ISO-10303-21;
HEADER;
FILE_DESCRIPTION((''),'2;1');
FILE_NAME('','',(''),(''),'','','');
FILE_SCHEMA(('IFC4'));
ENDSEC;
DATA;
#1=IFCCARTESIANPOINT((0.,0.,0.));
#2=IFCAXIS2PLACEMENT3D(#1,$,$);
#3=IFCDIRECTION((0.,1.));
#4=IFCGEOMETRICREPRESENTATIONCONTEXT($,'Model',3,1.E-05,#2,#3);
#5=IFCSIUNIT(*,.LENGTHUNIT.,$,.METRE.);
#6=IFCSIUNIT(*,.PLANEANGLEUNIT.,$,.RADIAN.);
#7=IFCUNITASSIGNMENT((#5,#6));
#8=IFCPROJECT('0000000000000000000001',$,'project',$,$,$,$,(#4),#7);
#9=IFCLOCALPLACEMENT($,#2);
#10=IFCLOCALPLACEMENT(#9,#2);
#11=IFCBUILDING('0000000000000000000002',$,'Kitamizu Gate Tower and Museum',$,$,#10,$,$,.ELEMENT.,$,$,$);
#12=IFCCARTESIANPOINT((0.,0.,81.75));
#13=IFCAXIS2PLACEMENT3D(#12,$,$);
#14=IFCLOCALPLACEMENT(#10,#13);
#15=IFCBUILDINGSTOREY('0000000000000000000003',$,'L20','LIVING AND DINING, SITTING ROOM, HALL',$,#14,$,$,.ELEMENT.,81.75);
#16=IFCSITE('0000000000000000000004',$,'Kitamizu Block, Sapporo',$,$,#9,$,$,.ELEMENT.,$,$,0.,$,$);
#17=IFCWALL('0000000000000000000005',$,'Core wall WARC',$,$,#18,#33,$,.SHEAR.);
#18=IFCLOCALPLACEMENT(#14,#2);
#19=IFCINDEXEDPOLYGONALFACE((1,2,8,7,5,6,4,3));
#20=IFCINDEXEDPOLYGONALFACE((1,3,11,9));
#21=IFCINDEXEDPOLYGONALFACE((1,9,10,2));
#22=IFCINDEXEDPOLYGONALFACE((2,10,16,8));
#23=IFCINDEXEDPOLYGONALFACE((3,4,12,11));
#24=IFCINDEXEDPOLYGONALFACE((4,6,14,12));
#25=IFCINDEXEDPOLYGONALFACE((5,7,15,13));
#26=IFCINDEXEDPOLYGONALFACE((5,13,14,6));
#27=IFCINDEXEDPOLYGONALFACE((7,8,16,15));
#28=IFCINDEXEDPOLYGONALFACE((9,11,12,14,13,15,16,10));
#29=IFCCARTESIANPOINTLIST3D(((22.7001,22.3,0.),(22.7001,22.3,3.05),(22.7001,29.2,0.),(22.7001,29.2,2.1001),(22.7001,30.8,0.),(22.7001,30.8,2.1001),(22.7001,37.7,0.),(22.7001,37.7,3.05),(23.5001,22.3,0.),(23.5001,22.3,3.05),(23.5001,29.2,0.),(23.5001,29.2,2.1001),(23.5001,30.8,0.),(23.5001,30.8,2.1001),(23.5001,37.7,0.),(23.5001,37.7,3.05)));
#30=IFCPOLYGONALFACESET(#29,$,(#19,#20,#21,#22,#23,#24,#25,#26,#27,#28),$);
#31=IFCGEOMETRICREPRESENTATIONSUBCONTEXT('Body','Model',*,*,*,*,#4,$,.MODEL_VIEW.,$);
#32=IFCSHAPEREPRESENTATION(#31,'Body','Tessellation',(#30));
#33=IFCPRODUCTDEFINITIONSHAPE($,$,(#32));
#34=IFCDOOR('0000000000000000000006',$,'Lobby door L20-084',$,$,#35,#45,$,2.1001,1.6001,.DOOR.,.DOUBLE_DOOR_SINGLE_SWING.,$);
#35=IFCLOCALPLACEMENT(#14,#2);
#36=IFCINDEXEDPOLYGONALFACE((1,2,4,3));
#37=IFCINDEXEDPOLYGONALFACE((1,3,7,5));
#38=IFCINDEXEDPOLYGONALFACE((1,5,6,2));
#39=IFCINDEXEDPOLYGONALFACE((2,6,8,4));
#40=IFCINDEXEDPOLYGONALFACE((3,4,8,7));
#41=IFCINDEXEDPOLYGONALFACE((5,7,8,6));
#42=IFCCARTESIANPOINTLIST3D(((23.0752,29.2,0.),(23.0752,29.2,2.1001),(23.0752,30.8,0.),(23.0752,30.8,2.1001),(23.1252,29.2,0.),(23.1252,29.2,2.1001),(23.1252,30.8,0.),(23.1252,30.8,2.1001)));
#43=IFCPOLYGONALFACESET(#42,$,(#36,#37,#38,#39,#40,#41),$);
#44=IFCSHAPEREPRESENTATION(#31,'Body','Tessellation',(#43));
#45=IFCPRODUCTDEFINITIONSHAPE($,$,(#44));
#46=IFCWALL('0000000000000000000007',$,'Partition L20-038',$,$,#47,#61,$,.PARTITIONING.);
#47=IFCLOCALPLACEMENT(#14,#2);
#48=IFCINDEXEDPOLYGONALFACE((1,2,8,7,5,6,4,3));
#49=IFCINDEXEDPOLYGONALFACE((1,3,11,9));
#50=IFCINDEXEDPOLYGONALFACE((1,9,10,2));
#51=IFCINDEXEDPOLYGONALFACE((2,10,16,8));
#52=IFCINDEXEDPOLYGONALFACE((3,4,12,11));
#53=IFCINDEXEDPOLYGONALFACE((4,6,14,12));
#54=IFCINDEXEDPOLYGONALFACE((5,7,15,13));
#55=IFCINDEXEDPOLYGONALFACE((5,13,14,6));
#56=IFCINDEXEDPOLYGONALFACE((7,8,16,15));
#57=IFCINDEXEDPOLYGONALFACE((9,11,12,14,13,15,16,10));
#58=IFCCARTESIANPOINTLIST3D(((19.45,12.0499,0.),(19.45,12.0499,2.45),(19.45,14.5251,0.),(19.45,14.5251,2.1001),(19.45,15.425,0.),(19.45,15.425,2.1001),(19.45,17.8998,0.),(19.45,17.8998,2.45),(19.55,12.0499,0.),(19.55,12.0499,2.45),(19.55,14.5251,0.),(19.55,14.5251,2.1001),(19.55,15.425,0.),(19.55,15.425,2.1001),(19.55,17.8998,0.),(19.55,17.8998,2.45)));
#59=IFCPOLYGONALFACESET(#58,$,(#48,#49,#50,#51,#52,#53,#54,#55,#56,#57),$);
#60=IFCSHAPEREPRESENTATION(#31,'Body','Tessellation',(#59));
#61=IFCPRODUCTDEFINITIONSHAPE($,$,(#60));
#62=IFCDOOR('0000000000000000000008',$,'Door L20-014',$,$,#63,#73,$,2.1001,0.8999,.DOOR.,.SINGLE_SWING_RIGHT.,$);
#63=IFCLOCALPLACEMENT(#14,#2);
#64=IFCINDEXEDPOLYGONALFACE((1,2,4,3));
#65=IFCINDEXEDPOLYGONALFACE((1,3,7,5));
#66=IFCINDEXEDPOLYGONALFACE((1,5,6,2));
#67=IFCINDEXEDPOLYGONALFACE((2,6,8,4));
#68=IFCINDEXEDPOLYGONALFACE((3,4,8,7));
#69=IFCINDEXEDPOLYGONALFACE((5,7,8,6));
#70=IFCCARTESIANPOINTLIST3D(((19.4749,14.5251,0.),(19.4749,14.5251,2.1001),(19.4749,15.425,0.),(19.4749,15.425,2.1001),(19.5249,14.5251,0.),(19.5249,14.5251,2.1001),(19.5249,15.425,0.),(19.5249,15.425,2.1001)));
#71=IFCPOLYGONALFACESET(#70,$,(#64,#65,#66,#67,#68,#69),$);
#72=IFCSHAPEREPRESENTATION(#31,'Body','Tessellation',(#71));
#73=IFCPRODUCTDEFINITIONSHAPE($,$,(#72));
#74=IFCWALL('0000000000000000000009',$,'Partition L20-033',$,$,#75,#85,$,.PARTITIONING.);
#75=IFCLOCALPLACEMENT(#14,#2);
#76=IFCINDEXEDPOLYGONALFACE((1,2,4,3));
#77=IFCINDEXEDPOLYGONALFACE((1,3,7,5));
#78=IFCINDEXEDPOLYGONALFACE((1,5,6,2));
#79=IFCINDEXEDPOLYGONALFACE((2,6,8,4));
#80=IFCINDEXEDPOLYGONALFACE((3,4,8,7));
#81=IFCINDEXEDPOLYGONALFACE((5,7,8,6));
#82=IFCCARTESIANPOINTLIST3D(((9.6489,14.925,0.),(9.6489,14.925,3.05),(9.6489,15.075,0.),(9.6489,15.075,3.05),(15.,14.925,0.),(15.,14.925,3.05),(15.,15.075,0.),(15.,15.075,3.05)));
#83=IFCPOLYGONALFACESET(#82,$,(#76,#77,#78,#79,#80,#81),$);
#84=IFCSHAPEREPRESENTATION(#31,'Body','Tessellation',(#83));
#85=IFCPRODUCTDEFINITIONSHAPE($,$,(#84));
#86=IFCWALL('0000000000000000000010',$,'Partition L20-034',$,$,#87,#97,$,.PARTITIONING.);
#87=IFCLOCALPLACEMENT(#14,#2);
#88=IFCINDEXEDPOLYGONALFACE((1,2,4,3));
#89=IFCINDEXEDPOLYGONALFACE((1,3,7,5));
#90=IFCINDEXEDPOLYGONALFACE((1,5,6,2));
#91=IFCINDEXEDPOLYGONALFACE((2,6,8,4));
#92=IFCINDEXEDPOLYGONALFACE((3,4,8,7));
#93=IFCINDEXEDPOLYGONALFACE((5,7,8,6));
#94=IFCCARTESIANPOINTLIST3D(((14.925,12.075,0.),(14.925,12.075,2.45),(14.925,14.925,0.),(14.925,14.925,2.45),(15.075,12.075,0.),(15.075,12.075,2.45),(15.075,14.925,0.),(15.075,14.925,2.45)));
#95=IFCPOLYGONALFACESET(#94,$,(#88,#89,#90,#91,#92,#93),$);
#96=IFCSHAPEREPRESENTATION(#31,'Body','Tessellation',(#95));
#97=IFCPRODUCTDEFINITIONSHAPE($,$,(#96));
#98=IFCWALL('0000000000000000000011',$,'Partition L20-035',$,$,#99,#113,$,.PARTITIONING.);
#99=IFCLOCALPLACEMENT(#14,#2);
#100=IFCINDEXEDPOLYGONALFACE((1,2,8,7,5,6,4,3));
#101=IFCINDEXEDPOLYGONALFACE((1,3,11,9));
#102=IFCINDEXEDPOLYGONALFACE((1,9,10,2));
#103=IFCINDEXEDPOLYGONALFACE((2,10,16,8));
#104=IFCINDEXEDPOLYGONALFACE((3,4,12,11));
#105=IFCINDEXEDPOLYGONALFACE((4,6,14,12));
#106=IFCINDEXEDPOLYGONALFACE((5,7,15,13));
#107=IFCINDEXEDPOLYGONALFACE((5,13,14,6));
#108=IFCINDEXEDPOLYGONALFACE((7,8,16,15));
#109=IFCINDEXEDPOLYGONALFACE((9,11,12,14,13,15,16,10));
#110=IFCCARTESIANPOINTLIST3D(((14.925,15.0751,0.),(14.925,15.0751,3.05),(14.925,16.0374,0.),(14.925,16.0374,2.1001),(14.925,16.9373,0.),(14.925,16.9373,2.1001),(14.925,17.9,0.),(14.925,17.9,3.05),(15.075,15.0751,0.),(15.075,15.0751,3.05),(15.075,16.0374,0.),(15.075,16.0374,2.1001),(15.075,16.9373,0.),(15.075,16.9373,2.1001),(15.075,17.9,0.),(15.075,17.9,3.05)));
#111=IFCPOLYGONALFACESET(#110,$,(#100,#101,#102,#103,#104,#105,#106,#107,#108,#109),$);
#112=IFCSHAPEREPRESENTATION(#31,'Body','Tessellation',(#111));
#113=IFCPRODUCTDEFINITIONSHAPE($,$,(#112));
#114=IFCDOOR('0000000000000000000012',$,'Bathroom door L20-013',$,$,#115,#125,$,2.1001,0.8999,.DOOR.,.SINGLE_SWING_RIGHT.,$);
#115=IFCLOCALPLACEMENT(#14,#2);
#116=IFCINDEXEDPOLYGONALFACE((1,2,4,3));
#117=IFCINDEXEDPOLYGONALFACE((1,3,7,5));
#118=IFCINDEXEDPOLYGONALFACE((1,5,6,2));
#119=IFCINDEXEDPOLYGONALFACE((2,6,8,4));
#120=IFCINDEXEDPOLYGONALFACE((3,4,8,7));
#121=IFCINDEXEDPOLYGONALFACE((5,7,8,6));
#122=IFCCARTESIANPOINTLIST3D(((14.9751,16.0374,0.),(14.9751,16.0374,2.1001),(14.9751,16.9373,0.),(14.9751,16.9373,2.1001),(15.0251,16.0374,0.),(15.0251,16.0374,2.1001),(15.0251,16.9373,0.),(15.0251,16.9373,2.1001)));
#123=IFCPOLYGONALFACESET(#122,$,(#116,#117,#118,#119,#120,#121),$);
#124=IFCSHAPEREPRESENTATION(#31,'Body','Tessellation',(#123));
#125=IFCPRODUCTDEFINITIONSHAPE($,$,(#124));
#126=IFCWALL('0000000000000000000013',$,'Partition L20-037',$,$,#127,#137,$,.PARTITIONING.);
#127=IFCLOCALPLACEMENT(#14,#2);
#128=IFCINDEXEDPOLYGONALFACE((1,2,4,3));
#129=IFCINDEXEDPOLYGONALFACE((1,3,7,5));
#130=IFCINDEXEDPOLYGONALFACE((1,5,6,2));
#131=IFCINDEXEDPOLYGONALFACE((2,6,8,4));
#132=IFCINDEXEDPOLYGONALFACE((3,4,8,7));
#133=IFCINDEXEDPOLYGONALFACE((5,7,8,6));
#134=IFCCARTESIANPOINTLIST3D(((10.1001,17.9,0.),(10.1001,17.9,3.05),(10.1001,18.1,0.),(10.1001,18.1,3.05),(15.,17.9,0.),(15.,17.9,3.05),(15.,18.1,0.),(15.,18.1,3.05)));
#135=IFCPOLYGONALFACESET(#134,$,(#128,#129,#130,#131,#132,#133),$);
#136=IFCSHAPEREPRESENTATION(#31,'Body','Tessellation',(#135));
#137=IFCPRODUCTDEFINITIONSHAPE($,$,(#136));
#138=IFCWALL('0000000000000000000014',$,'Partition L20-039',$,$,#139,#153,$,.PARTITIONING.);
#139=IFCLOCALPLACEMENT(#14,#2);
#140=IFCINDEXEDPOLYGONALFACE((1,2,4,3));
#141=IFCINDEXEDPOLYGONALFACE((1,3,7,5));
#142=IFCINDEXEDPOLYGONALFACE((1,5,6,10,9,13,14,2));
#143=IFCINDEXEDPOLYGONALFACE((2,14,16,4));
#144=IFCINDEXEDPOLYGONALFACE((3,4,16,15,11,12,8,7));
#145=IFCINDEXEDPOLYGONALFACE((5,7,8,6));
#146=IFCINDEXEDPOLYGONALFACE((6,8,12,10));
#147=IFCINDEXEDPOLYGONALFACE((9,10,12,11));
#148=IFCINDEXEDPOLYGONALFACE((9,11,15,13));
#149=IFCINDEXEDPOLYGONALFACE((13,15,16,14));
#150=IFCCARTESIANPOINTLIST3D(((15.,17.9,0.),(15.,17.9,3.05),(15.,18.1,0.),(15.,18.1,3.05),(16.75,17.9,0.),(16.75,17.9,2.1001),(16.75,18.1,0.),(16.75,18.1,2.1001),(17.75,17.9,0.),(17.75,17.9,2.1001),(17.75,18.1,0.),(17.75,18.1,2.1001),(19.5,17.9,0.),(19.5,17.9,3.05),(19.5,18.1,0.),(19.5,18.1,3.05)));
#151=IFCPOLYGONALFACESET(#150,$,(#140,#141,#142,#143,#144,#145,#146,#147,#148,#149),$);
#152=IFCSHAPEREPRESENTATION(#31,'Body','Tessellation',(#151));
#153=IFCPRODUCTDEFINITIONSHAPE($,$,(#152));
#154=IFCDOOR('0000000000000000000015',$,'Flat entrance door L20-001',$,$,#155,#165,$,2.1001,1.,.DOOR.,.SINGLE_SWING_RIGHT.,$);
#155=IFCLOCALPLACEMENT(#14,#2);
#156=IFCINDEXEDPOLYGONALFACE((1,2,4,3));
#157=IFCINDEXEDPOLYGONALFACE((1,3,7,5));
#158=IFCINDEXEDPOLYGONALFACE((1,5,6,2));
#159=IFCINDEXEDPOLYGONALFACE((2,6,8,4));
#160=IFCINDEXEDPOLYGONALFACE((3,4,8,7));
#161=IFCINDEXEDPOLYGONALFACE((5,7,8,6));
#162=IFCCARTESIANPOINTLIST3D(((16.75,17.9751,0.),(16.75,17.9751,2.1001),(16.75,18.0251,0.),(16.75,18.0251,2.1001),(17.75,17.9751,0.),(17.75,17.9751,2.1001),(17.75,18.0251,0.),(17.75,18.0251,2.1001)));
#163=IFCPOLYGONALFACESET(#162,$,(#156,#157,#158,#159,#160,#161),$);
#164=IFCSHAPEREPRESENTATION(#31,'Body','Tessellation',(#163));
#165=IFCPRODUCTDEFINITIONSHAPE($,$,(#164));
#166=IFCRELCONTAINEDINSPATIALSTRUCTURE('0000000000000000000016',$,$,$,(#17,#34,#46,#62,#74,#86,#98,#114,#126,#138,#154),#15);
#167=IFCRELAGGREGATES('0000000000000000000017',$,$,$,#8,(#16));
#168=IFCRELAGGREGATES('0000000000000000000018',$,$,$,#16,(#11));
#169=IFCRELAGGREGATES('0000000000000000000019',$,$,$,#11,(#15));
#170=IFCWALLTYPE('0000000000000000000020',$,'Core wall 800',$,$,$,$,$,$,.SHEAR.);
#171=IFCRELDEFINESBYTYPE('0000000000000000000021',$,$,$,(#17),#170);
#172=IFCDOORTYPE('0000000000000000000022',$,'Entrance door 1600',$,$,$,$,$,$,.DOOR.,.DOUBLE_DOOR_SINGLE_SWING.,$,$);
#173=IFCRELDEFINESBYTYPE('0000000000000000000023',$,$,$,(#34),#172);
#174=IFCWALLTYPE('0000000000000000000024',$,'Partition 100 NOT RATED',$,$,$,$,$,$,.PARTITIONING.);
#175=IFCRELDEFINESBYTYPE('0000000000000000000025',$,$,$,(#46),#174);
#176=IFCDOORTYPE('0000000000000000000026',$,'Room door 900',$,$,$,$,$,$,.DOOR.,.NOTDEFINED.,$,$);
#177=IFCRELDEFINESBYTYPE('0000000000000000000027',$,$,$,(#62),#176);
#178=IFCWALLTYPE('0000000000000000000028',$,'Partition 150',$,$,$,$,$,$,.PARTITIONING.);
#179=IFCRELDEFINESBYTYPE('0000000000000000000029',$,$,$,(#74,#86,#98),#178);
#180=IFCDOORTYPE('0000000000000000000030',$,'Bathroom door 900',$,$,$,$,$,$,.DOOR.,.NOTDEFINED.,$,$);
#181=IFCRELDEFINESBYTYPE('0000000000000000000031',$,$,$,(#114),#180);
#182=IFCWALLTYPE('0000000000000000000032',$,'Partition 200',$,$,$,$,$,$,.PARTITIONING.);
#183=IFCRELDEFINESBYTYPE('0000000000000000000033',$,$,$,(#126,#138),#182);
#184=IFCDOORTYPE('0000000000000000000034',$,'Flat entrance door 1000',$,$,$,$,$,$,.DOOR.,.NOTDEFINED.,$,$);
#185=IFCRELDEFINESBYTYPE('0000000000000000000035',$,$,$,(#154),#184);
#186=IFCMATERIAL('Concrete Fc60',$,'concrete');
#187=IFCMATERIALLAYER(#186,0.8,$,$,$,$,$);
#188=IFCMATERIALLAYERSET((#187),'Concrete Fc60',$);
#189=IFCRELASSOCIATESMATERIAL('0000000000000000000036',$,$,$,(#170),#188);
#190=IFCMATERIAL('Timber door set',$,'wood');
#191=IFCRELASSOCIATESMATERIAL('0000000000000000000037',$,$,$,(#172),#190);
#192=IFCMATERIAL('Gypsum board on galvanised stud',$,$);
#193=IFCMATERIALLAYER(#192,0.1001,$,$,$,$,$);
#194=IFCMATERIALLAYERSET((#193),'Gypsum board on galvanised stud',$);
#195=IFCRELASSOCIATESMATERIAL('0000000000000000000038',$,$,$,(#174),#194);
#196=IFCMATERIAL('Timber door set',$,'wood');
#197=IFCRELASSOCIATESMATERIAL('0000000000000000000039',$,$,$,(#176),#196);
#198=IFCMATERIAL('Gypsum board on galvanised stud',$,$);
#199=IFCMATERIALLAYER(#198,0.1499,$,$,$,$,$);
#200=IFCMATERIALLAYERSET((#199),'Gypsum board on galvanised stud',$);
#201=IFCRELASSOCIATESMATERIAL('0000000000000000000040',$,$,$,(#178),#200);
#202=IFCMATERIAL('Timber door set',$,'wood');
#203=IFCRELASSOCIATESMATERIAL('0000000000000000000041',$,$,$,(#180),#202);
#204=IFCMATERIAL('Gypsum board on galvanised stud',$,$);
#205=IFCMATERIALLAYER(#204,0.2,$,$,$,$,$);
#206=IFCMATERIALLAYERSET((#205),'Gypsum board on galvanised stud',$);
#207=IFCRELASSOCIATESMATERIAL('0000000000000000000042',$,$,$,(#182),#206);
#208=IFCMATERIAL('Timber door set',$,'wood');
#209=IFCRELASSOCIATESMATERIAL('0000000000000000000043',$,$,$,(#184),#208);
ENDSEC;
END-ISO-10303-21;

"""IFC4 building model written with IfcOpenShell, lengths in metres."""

from ifc_helpers import new_model, si_unit, direction, frame, frame_2d, origin, place, context, subcontext, project, spatial, rectangle, extrude, material, layer, layer_set, type_object, element, fill, save


model = new_model("IFC4")

# Units and contexts
model_context = context("Model", 3, precision=1e-05, world=origin(), true_north=direction((0.0, 1.0)))
body_context = subcontext(model_context, "Body", "Model", "MODEL_VIEW")
ifc_project = project(units=[si_unit("LENGTHUNIT", "METRE"), si_unit("PLANEANGLEUNIT", "RADIAN")], contexts=[model_context])

# Site, building, storey
site_placement = place(None, origin())
site = spatial("IfcSite", under=ifc_project, at=site_placement, Name="Kitamizu Block, Sapporo", CompositionType="ELEMENT", RefElevation=0.0)
building_placement = place(site_placement, origin())
building = spatial("IfcBuilding", under=site, at=building_placement, Name="Kitamizu Gate Tower and Museum", CompositionType="ELEMENT")
storey_placement = place(building_placement, frame((0.0, 0.0, 81.75)))
storey = spatial("IfcBuildingStorey", under=building, at=storey_placement, Name="L20", Description="LIVING AND DINING, SITTING ROOM, HALL", CompositionType="ELEMENT", Elevation=81.75)

# Walls, openings, doors
ifc_material_1 = material(Name="Concrete Fc60", Category="concrete")
ifc_layer_1 = layer(ifc_material_1, 0.8)
ifc_layer_set_1 = layer_set([ifc_layer_1], Name="Concrete Fc60")
wall_type_1 = type_object("IfcWallType", Name="Core wall 800", PredefinedType="SHEAR", material=ifc_layer_set_1)
wall_1_placement = place(storey_placement, frame((23.1001, 22.3, 0.0), z_axis=(0.0, 0.0, 1.0), x_axis=(0.0, 1.0, 0.0)))
wall_1 = element("IfcWall", 1, at=wall_1_placement, inside=storey, type_object=wall_type_1, Name="Core wall WARC", PredefinedType="SHEAR", context=body_context, shape_type="SweptSolid", body=[
    extrude(rectangle(XDim=15.3999, YDim=0.8, at=frame_2d((7.7, 0.0))), origin(), (0.0, 0.0, 1.0), 3.05),
])
opening_1_placement = place(wall_1_placement, frame((6.8999, 0.0, 0.0)))
opening_1 = element("IfcOpeningElement", 2, at=opening_1_placement, cuts=wall_1, PredefinedType="OPENING", context=body_context, shape_type="SweptSolid", body=[
    extrude(rectangle(XDim=1.6001, YDim=2.1001, at=frame_2d((0.8, 1.05))), frame((0.0, 0.4102, 0.0), z_axis=(0.0, -1.0, 0.0), x_axis=(1.0, 0.0, 0.0)), (0.0, 0.0, 1.0), 0.8201),
])
ifc_material_2 = material(Name="Timber door set", Category="wood")
door_type_1 = type_object("IfcDoorType", Name="Entrance door 1600", OperationType="DOUBLE_DOOR_SINGLE_SWING", PredefinedType="DOOR", material=ifc_material_2)
door_1_placement = place(opening_1_placement, origin())
door_1 = element("IfcDoor", 3, at=door_1_placement, inside=storey, type_object=door_type_1, Name="Lobby door L20-084", OperationType="DOUBLE_DOOR_SINGLE_SWING", OverallHeight=2.1001, OverallWidth=1.6001, PredefinedType="DOOR", context=body_context, shape_type="SweptSolid", body=[
    extrude(rectangle(XDim=1.6001, YDim=2.1001, at=frame_2d((0.8, 1.05))), frame((0.0, 0.0249, 0.0), z_axis=(0.0, -1.0, 0.0), x_axis=(1.0, 0.0, 0.0)), (0.0, 0.0, 1.0), 0.05),
])
fill(opening_1, door_1)
ifc_material_3 = material(Name="Gypsum board on galvanised stud")
ifc_layer_2 = layer(ifc_material_3, 0.1001)
ifc_layer_set_2 = layer_set([ifc_layer_2], Name="Gypsum board on galvanised stud")
wall_type_2 = type_object("IfcWallType", Name="Partition 100 NOT RATED", PredefinedType="PARTITIONING", material=ifc_layer_set_2)
wall_2_placement = place(storey_placement, frame((19.5, 12.05, 0.0), z_axis=(0.0, 0.0, 1.0), x_axis=(0.0, 1.0, 0.0)))
wall_2 = element("IfcWall", 4, at=wall_2_placement, inside=storey, type_object=wall_type_2, Name="Partition L20-038", PredefinedType="PARTITIONING", context=body_context, shape_type="SweptSolid", body=[
    extrude(rectangle(XDim=5.8499, YDim=0.1001, at=frame_2d((2.9248, 0.0))), origin(), (0.0, 0.0, 1.0), 2.45),
])
opening_2_placement = place(wall_2_placement, frame((2.4751, 0.0, 0.0)))
opening_2 = element("IfcOpeningElement", 5, at=opening_2_placement, cuts=wall_2, PredefinedType="OPENING", context=body_context, shape_type="SweptSolid", body=[
    extrude(rectangle(XDim=0.8999, YDim=2.1001, at=frame_2d((0.45, 1.05))), frame((0.0, 0.0601, 0.0), z_axis=(0.0, -1.0, 0.0), x_axis=(1.0, 0.0, 0.0)), (0.0, 0.0, 1.0), 0.1201),
])
ifc_material_4 = material(Name="Timber door set", Category="wood")
door_type_2 = type_object("IfcDoorType", Name="Room door 900", OperationType="NOTDEFINED", PredefinedType="DOOR", material=ifc_material_4)
door_2_placement = place(opening_2_placement, frame((0.8999, 0.0, 0.0), x_axis=(-1.0, 0.0, 0.0)))
door_2 = element("IfcDoor", 6, at=door_2_placement, inside=storey, type_object=door_type_2, Name="Door L20-014", OperationType="SINGLE_SWING_RIGHT", OverallHeight=2.1001, OverallWidth=0.8999, PredefinedType="DOOR", context=body_context, shape_type="SweptSolid", body=[
    extrude(rectangle(XDim=0.8999, YDim=2.1001, at=frame_2d((0.45, 1.05))), frame((0.0, 0.0249, 0.0), z_axis=(0.0, -1.0, 0.0), x_axis=(1.0, 0.0, 0.0)), (0.0, 0.0, 1.0), 0.05),
])
fill(opening_2, door_2)

# Walls
ifc_material_5 = material(Name="Gypsum board on galvanised stud")
ifc_layer_3 = layer(ifc_material_5, 0.1499)
ifc_layer_set_3 = layer_set([ifc_layer_3], Name="Gypsum board on galvanised stud")
wall_type_3 = type_object("IfcWallType", Name="Partition 150", PredefinedType="PARTITIONING", material=ifc_layer_set_3)
wall_3_placement = place(storey_placement, frame((15.0, 15.0, 0.0), z_axis=(0.0, 0.0, 1.0), x_axis=(-1.0, 0.0, 0.0)))
element("IfcWall", 7, at=wall_3_placement, inside=storey, type_object=wall_type_3, Name="Partition L20-033", PredefinedType="PARTITIONING", context=body_context, shape_type="SweptSolid", body=[
    extrude(rectangle(XDim=5.3511, YDim=0.1499, at=frame_2d((2.6755, 0.0))), origin(), (0.0, 0.0, 1.0), 3.05),
])
wall_4_placement = place(storey_placement, frame((15.0, 12.075, 0.0), z_axis=(0.0, 0.0, 1.0), x_axis=(0.0, 1.0, 0.0)))
element("IfcWall", 8, at=wall_4_placement, inside=storey, type_object=wall_type_3, Name="Partition L20-034", PredefinedType="PARTITIONING", context=body_context, shape_type="SweptSolid", body=[
    extrude(rectangle(XDim=2.8501, YDim=0.1499, at=frame_2d((1.425, 0.0))), origin(), (0.0, 0.0, 1.0), 2.45),
])

# Wall, opening, door
wall_5_placement = place(storey_placement, frame((15.0, 15.075, 0.0), z_axis=(0.0, 0.0, 1.0), x_axis=(0.0, 1.0, 0.0)))
wall_5 = element("IfcWall", 9, at=wall_5_placement, inside=storey, type_object=wall_type_3, Name="Partition L20-035", PredefinedType="PARTITIONING", context=body_context, shape_type="SweptSolid", body=[
    extrude(rectangle(XDim=2.825, YDim=0.1499, at=frame_2d((1.4126, 0.0))), origin(), (0.0, 0.0, 1.0), 3.05),
])
opening_3_placement = place(wall_5_placement, frame((0.9624, 0.0, 0.0)))
opening_3 = element("IfcOpeningElement", 10, at=opening_3_placement, cuts=wall_5, PredefinedType="OPENING", context=body_context, shape_type="SweptSolid", body=[
    extrude(rectangle(XDim=0.8999, YDim=2.1001, at=frame_2d((0.45, 1.05))), frame((0.0, 0.085, 0.0), z_axis=(0.0, -1.0, 0.0), x_axis=(1.0, 0.0, 0.0)), (0.0, 0.0, 1.0), 0.1699),
])
ifc_material_6 = material(Name="Timber door set", Category="wood")
door_type_3 = type_object("IfcDoorType", Name="Bathroom door 900", OperationType="NOTDEFINED", PredefinedType="DOOR", material=ifc_material_6)
door_3_placement = place(opening_3_placement, origin())
door_3 = element("IfcDoor", 11, at=door_3_placement, inside=storey, type_object=door_type_3, Name="Bathroom door L20-013", OperationType="SINGLE_SWING_RIGHT", OverallHeight=2.1001, OverallWidth=0.8999, PredefinedType="DOOR", context=body_context, shape_type="SweptSolid", body=[
    extrude(rectangle(XDim=0.8999, YDim=2.1001, at=frame_2d((0.45, 1.05))), frame((0.0, 0.0249, 0.0), z_axis=(0.0, -1.0, 0.0), x_axis=(1.0, 0.0, 0.0)), (0.0, 0.0, 1.0), 0.05),
])
fill(opening_3, door_3)

# Wall
ifc_material_7 = material(Name="Gypsum board on galvanised stud")
ifc_layer_4 = layer(ifc_material_7, 0.2)
ifc_layer_set_4 = layer_set([ifc_layer_4], Name="Gypsum board on galvanised stud")
wall_type_4 = type_object("IfcWallType", Name="Partition 200", PredefinedType="PARTITIONING", material=ifc_layer_set_4)
wall_6_placement = place(storey_placement, frame((15.0, 18.0, 0.0), z_axis=(0.0, 0.0, 1.0), x_axis=(-1.0, 0.0, 0.0)))
element("IfcWall", 12, at=wall_6_placement, inside=storey, type_object=wall_type_4, Name="Partition L20-037", PredefinedType="PARTITIONING", context=body_context, shape_type="SweptSolid", body=[
    extrude(rectangle(XDim=4.8999, YDim=0.2, at=frame_2d((2.45, 0.0))), origin(), (0.0, 0.0, 1.0), 3.05),
])

# Wall, opening, door
wall_7_placement = place(storey_placement, frame((19.5, 18.0, 0.0), z_axis=(0.0, 0.0, 1.0), x_axis=(-1.0, 0.0, 0.0)))
wall_7 = element("IfcWall", 13, at=wall_7_placement, inside=storey, type_object=wall_type_4, Name="Partition L20-039", PredefinedType="PARTITIONING", context=body_context, shape_type="SweptSolid", body=[
    extrude(rectangle(XDim=4.5, YDim=0.2, at=frame_2d((2.25, 0.0))), origin(), (0.0, 0.0, 1.0), 3.05),
])
opening_4_placement = place(wall_7_placement, frame((1.75, 0.0, 0.0)))
opening_4 = element("IfcOpeningElement", 14, at=opening_4_placement, cuts=wall_7, PredefinedType="OPENING", context=body_context, shape_type="SweptSolid", body=[
    extrude(rectangle(XDim=1.0, YDim=2.1001, at=frame_2d((0.5, 1.05))), frame((0.0, 0.1099, 0.0), z_axis=(0.0, -1.0, 0.0), x_axis=(1.0, 0.0, 0.0)), (0.0, 0.0, 1.0), 0.22),
])
ifc_material_8 = material(Name="Timber door set", Category="wood")
door_type_4 = type_object("IfcDoorType", Name="Flat entrance door 1000", OperationType="NOTDEFINED", PredefinedType="DOOR", material=ifc_material_8)
door_4_placement = place(opening_4_placement, origin())
door_4 = element("IfcDoor", 15, at=door_4_placement, inside=storey, type_object=door_type_4, Name="Flat entrance door L20-001", OperationType="SINGLE_SWING_RIGHT", OverallHeight=2.1001, OverallWidth=1.0, PredefinedType="DOOR", context=body_context, shape_type="SweptSolid", body=[
    extrude(rectangle(XDim=1.0, YDim=2.1001, at=frame_2d((0.5, 1.05))), frame((0.0, 0.0249, 0.0), z_axis=(0.0, -1.0, 0.0), x_axis=(1.0, 0.0, 0.0)), (0.0, 0.0, 1.0), 0.05),
])
fill(opening_4, door_4)

save(model, "model.ifc")
